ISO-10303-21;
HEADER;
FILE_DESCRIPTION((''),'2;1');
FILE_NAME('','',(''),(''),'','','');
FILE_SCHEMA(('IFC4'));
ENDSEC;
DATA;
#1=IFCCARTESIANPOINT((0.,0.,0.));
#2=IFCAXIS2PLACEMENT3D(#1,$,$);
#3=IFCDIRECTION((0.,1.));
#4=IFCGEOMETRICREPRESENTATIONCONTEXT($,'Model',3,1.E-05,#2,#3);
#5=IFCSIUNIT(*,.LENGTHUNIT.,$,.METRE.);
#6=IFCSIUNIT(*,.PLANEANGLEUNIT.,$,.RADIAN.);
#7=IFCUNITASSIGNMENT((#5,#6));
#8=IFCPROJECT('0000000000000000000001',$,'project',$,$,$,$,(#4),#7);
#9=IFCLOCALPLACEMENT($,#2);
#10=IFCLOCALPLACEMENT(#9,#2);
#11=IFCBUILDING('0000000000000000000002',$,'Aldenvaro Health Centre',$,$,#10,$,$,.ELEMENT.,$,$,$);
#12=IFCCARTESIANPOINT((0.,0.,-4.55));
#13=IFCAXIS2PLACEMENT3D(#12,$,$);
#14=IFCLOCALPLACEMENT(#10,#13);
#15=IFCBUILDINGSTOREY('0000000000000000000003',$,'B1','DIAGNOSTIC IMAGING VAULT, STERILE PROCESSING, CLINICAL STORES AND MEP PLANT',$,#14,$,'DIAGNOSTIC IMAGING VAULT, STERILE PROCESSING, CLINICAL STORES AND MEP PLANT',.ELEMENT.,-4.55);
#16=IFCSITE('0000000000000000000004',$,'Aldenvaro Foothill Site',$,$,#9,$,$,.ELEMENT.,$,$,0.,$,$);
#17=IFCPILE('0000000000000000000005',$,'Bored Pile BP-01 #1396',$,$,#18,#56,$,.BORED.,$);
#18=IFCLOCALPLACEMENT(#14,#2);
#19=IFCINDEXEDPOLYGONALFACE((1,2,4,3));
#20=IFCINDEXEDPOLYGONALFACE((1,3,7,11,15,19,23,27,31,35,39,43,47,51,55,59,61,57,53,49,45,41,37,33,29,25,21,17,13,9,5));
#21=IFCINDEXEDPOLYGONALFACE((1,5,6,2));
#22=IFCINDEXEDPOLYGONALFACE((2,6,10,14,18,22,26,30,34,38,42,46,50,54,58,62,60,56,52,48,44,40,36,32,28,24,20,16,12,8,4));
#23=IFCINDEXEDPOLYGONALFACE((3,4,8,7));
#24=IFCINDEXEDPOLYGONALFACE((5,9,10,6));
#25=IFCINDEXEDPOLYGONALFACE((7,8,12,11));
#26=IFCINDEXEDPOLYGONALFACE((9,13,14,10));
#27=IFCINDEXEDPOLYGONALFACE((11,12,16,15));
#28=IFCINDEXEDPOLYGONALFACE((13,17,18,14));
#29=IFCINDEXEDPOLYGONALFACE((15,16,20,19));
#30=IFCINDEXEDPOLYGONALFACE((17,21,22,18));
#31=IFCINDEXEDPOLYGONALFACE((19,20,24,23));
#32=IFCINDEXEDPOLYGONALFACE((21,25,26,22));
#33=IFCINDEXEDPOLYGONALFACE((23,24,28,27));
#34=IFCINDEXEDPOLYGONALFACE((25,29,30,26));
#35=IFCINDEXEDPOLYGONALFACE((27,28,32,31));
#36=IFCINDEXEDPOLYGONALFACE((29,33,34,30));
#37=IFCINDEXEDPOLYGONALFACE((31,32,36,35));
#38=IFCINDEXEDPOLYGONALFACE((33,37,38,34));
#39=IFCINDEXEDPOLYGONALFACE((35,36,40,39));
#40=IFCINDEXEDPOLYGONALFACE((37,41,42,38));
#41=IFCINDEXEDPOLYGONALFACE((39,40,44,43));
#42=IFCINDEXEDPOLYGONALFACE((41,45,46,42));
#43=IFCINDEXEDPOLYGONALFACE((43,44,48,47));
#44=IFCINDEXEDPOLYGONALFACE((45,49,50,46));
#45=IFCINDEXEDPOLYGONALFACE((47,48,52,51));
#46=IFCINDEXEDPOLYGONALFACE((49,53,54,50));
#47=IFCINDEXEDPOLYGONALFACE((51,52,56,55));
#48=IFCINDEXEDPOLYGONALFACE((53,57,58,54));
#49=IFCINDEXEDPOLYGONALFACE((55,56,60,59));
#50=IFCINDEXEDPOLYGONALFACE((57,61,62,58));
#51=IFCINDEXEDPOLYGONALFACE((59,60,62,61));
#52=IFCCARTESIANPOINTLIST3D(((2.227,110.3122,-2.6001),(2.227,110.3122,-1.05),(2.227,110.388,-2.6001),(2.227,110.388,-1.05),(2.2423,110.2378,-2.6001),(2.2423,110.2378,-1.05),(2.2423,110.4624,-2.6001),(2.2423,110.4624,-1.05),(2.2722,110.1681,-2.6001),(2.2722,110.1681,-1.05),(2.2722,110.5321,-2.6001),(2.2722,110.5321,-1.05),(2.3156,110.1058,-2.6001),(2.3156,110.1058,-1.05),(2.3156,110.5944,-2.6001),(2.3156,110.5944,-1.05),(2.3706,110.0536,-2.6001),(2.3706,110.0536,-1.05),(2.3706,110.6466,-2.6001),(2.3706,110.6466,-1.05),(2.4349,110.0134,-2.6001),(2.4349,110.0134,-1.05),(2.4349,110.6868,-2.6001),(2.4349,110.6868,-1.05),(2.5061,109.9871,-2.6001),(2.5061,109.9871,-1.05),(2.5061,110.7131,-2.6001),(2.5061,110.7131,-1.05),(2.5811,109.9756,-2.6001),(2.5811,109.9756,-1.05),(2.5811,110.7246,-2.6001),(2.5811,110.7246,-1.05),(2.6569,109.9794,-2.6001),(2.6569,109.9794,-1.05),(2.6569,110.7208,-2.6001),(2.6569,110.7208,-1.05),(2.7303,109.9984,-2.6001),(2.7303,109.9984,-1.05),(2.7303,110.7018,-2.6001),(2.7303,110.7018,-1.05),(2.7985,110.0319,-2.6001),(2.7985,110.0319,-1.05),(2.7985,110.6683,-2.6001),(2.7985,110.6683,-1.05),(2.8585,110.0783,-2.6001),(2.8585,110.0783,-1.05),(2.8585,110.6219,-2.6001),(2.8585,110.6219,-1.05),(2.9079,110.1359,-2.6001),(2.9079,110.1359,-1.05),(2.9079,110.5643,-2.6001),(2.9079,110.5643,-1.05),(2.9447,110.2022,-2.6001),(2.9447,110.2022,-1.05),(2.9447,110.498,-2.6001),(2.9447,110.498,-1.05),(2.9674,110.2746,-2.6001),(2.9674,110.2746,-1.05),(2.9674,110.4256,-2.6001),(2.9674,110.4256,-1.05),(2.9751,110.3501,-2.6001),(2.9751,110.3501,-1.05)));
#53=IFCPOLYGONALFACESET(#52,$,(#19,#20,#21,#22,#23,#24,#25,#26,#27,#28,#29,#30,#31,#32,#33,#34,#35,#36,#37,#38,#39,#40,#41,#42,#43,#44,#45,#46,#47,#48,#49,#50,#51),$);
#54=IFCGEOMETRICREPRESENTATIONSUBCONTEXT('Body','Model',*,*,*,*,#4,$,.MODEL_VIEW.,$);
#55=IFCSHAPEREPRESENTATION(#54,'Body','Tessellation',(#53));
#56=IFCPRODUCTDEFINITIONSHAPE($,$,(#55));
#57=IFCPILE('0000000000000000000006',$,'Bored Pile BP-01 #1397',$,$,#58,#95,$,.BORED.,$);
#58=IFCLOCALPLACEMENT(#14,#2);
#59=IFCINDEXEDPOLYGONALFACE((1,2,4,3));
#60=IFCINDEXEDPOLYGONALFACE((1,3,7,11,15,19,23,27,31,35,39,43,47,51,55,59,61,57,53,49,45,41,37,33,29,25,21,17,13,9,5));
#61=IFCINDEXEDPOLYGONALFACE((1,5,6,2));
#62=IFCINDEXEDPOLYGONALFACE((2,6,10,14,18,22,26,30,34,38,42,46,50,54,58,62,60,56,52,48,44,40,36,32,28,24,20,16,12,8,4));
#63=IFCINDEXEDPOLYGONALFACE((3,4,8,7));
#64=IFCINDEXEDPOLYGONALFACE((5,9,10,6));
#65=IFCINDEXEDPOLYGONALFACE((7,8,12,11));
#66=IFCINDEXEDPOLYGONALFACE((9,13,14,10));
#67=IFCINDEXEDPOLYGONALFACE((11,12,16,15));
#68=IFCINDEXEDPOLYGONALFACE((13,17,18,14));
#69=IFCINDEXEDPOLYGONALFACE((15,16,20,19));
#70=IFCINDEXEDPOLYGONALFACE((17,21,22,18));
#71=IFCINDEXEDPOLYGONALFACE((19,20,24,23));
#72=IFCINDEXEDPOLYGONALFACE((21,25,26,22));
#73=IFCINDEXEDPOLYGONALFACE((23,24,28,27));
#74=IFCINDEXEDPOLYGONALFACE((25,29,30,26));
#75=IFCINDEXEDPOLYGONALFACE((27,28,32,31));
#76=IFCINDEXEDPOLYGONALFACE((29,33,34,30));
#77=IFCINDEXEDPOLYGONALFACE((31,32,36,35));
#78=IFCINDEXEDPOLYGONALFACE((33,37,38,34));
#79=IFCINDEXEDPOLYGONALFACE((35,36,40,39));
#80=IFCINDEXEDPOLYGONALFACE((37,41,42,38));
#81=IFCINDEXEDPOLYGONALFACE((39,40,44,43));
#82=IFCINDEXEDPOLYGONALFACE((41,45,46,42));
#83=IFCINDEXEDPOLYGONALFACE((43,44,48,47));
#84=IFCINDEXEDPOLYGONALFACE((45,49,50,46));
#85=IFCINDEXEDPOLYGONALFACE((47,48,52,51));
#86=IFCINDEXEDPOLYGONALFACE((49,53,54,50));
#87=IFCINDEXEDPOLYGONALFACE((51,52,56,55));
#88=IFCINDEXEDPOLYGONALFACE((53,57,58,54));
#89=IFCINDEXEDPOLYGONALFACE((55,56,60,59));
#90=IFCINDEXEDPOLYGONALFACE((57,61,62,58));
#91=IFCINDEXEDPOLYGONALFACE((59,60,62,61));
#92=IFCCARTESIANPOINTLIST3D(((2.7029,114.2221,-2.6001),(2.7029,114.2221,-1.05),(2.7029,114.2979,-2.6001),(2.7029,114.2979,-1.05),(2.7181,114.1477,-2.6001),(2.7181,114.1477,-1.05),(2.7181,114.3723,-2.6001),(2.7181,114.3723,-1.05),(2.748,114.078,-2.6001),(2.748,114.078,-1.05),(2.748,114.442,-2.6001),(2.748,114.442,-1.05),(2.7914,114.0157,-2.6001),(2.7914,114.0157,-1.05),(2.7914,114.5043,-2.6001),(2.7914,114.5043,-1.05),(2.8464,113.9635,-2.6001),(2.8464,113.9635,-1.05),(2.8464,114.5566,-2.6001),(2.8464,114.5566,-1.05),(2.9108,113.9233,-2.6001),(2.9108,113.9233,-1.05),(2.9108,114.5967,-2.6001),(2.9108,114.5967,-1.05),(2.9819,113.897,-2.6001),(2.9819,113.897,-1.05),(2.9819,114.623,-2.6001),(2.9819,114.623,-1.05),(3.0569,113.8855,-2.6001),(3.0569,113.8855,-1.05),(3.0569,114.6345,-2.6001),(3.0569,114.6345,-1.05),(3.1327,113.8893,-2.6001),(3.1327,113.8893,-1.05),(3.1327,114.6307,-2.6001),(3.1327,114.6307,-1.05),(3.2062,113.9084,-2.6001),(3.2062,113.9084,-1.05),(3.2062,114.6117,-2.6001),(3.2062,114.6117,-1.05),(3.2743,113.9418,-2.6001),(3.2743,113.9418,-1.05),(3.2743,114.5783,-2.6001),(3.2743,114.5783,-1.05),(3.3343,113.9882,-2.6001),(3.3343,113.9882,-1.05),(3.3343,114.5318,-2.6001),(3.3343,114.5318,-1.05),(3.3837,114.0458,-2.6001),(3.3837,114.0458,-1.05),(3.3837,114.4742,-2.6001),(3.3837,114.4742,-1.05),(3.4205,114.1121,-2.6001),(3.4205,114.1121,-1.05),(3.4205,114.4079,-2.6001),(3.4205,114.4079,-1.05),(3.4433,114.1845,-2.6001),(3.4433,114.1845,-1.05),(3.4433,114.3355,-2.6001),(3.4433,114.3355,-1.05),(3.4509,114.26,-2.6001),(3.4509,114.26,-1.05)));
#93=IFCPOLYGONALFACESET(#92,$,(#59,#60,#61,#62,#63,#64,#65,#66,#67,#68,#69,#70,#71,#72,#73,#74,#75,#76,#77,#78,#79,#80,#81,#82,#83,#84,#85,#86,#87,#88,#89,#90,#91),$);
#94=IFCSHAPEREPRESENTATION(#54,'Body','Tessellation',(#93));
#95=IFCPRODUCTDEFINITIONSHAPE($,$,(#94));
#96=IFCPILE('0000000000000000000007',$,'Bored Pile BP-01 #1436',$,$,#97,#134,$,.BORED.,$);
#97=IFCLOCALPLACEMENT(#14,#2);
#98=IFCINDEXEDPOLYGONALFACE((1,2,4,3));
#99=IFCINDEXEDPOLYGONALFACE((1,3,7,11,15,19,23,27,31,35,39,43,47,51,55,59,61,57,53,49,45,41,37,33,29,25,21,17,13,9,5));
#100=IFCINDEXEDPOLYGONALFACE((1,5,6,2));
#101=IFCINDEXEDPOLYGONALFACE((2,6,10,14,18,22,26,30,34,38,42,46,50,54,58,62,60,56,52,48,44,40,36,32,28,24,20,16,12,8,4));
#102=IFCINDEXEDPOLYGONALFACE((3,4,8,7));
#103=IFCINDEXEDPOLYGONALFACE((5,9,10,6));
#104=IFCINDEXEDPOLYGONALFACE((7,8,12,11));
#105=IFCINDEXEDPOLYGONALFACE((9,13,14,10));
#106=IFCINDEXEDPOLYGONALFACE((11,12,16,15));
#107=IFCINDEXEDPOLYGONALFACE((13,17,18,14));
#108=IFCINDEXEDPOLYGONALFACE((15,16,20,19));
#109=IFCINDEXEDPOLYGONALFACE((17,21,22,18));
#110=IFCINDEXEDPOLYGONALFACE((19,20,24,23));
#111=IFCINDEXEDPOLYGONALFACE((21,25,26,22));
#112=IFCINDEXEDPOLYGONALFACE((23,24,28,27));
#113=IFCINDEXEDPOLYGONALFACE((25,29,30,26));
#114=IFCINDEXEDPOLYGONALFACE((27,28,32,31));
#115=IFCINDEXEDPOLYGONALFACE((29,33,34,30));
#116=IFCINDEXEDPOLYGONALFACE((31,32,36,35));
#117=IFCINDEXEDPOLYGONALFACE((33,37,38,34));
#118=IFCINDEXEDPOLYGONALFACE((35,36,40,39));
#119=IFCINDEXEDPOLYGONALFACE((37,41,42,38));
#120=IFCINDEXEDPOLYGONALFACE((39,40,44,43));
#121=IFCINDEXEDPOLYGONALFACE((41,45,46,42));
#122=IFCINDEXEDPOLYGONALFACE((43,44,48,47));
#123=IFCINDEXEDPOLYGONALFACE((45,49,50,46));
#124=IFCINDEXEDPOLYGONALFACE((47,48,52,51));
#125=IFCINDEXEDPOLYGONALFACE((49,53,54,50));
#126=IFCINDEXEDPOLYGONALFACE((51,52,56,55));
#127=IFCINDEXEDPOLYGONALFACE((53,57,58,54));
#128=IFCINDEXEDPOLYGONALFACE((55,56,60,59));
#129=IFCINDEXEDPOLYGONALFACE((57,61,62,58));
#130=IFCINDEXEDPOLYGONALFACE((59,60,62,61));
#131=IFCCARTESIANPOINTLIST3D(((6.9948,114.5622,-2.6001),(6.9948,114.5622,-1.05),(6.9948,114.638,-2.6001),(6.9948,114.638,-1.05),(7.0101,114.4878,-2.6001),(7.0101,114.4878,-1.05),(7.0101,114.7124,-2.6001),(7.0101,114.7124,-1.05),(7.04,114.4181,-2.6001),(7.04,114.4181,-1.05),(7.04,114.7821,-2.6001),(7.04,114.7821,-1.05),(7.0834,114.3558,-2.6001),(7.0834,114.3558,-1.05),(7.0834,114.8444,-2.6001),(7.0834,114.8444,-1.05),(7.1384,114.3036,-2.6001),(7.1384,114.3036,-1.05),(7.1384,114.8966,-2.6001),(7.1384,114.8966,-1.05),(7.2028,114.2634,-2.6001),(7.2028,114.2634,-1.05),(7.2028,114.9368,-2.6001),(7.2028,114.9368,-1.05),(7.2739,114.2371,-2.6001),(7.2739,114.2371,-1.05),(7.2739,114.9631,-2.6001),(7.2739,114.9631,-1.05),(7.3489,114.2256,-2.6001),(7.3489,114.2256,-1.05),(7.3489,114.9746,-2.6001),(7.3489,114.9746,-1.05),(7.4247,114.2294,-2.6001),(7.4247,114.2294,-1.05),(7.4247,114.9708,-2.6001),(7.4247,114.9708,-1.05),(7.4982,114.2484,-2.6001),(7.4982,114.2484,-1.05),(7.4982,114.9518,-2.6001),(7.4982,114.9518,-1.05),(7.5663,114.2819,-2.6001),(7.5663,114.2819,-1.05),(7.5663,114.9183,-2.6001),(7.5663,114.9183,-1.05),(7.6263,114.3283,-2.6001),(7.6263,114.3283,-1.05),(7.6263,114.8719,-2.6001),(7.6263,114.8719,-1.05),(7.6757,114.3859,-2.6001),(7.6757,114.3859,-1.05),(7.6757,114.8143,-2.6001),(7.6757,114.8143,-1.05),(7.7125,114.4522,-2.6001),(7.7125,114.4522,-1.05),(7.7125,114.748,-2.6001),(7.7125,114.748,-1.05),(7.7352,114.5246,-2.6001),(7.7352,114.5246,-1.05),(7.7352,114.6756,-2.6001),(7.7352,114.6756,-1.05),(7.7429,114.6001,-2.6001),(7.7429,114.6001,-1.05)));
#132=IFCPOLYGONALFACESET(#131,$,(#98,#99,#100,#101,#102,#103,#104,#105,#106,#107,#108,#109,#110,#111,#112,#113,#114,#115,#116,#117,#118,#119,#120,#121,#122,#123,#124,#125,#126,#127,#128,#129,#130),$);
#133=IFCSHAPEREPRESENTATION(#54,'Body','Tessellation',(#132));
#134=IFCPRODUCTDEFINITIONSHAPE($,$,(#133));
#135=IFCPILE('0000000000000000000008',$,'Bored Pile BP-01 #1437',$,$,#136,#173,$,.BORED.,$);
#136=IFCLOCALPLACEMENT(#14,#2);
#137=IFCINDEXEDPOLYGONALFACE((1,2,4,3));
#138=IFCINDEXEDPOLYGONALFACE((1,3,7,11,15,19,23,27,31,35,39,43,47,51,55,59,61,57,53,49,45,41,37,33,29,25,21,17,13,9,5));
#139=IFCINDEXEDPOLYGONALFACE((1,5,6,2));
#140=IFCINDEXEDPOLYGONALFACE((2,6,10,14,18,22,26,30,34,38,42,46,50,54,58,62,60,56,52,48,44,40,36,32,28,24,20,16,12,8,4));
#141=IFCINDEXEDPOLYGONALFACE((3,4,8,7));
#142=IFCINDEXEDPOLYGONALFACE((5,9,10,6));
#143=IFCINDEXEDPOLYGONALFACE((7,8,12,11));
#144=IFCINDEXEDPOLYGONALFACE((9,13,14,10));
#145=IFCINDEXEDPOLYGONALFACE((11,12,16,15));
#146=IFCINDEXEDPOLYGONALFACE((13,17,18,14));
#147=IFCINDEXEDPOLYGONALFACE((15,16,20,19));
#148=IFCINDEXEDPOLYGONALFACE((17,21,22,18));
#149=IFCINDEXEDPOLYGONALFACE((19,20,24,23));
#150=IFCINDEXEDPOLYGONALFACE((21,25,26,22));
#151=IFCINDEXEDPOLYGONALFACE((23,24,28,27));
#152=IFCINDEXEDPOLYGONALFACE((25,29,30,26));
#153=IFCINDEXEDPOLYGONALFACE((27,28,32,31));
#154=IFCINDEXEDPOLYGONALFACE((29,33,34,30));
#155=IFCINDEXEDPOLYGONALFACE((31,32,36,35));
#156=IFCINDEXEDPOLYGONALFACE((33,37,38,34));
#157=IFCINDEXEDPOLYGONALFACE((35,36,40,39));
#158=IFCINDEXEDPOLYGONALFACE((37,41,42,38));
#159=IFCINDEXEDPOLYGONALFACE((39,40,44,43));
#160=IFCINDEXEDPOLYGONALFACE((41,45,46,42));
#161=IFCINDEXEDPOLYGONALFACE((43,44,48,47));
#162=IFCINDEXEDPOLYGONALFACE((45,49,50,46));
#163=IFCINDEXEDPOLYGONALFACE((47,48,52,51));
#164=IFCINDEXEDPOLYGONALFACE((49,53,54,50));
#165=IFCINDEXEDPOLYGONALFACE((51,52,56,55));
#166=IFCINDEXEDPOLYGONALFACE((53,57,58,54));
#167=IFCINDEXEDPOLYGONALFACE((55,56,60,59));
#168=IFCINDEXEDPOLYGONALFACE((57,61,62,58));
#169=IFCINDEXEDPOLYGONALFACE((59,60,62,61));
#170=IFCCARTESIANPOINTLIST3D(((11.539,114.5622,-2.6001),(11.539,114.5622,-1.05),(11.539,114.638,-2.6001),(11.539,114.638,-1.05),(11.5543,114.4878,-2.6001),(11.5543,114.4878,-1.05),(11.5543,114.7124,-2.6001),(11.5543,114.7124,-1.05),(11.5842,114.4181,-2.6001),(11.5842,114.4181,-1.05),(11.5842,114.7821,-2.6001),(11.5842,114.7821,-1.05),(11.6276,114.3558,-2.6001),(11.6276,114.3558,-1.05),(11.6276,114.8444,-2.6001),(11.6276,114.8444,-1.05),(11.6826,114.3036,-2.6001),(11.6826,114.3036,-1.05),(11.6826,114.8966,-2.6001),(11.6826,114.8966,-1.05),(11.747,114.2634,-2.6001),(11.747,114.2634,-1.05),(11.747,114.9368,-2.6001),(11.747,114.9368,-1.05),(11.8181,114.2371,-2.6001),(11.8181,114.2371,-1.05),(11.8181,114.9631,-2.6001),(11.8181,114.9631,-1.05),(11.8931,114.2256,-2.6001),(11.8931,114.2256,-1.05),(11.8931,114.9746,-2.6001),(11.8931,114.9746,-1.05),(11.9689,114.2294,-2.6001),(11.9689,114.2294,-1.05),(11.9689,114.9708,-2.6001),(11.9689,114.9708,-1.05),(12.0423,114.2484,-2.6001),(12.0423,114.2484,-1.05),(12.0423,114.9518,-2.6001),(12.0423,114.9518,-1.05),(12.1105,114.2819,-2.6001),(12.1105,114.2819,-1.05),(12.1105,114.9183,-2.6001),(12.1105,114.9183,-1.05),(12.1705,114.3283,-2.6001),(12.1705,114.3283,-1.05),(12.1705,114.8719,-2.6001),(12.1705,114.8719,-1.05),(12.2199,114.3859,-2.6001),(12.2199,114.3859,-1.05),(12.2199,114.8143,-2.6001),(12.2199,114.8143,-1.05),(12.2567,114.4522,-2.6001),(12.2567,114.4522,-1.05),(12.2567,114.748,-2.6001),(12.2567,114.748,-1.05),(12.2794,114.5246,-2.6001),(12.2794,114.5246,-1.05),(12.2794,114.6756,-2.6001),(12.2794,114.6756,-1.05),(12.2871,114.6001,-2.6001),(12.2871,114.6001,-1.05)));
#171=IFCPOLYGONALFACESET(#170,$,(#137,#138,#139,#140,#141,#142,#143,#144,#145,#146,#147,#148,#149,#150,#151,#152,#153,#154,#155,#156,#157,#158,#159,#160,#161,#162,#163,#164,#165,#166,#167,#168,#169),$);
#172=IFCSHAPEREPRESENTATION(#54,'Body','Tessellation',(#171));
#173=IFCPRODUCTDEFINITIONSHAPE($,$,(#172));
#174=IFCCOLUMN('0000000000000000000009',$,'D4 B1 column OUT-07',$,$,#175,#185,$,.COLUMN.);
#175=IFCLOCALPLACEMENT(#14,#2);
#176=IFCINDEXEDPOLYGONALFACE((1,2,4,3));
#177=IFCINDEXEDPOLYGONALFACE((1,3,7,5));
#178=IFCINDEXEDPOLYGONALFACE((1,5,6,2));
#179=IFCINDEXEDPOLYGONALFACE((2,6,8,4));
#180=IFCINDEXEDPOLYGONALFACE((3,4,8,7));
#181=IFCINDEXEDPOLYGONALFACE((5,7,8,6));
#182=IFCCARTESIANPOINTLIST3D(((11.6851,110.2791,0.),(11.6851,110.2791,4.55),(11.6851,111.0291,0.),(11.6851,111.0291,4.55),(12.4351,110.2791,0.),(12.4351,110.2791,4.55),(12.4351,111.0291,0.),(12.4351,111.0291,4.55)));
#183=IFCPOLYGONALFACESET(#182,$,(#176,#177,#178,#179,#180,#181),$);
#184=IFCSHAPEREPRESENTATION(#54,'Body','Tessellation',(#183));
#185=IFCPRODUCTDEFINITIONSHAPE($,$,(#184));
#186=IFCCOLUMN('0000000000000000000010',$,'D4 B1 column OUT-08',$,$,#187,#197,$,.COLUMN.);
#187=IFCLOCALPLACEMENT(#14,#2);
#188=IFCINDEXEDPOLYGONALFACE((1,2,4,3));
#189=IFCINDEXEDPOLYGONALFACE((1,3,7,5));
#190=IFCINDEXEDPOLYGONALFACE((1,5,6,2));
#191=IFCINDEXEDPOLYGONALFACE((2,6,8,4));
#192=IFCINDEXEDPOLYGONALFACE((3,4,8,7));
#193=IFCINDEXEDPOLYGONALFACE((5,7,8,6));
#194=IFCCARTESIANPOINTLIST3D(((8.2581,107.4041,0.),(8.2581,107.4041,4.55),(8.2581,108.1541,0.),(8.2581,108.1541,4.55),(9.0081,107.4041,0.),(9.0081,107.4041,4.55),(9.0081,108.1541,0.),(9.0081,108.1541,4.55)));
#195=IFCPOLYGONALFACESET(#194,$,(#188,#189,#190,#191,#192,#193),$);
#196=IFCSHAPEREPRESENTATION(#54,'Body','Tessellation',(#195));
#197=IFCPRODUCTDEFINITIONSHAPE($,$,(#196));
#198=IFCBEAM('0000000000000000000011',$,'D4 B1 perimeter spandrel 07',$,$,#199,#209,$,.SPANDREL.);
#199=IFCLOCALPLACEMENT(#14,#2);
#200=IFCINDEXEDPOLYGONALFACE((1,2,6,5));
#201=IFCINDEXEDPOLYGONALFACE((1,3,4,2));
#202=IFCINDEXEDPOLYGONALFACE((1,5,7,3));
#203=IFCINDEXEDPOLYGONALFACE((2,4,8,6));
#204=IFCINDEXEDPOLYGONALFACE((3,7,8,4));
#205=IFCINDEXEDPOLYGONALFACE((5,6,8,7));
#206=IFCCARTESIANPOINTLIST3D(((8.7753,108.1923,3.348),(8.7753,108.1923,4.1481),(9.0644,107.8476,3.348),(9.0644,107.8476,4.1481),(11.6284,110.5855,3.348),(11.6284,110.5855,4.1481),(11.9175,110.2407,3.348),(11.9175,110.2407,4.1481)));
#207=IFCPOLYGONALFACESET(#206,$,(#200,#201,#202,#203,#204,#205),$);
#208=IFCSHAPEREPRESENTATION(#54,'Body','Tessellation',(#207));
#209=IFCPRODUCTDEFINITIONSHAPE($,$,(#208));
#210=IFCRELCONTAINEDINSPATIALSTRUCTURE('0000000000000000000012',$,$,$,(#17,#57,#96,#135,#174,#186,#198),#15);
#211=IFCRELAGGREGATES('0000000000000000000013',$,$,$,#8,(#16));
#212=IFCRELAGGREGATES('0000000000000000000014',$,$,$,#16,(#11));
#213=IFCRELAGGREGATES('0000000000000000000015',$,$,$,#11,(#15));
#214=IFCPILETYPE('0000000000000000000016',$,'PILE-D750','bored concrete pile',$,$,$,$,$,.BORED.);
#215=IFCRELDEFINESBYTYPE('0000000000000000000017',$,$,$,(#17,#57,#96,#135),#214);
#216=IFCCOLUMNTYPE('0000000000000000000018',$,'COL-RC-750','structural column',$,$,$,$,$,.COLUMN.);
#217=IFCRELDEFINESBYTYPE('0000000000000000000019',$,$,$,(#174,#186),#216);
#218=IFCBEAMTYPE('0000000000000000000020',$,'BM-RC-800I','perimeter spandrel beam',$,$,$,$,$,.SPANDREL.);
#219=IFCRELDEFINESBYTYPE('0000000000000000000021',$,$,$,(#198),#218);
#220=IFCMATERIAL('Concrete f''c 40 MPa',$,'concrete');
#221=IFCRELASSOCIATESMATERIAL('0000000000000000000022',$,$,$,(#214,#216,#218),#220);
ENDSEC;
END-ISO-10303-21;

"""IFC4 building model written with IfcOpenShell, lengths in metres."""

from ifc_helpers import new_model, si_unit, direction, frame, origin, origin_2d, place, context, subcontext, project, spatial, rectangle, circle, extrude, material, material_profile, profile_set, type_object, element, save


model = new_model("IFC4")

# Units and contexts
model_context = context("Model", 3, precision=1e-05, world=origin(), true_north=direction((0.0, 1.0)))
body_context = subcontext(model_context, "Body", "Model", "MODEL_VIEW")
ifc_project = project(units=[si_unit("LENGTHUNIT", "METRE"), si_unit("PLANEANGLEUNIT", "RADIAN")], contexts=[model_context])

# Site, building, storey
site_placement = place(None, origin())
site = spatial("IfcSite", under=ifc_project, at=site_placement, Name="Aldenvaro Foothill Site", CompositionType="ELEMENT", RefElevation=0.0)
building_placement = place(site_placement, origin())
building = spatial("IfcBuilding", under=site, at=building_placement, Name="Aldenvaro Health Centre", CompositionType="ELEMENT")
storey_placement = place(building_placement, frame((0.0, 0.0, -4.55)))
storey = spatial("IfcBuildingStorey", under=building, at=storey_placement, Name="B1", Description="DIAGNOSTIC IMAGING VAULT, STERILE PROCESSING, CLINICAL STORES AND MEP PLANT", LongName="DIAGNOSTIC IMAGING VAULT, STERILE PROCESSING, CLINICAL STORES AND MEP PLANT", CompositionType="ELEMENT", Elevation=-4.55)

# Shared definitions
ifc_material_1 = material(Name="Concrete f'c 40 MPa", Category="concrete")

# Piles
ifc_material_profile_1 = material_profile(ifc_material_1, circle(Radius=0.375, at=origin_2d()), Name="PILE D750", Category="concrete")
ifc_profile_set_1 = profile_set([ifc_material_profile_1], Name="Concrete f'c 40 MPa")
pile_type_1 = type_object("IfcPileType", Name="PILE-D750", Description="bored concrete pile", PredefinedType="BORED", material=ifc_profile_set_1)
for number, where, z_axis, x_axis, name in (
    (1, (2.6001, 110.3501, -1.05), (0.0, 0.0, -1.0), (1.0, 0.0, 0.0), "Bored Pile BP-01 #1396"),
    (2, (3.0759, 114.26, -1.05), (0.0, 0.0, -1.0), (1.0, 0.0, 0.0), "Bored Pile BP-01 #1397"),
    (3, (7.3679, 114.6001, -1.05), (0.0, 0.0, -1.0), (1.0, 0.0, 0.0), "Bored Pile BP-01 #1436"),
    (4, (11.9121, 114.6001, -1.05), (0.0, 0.0, -1.0), (1.0, 0.0, 0.0), "Bored Pile BP-01 #1437"),
):
    element("IfcPile", number, at=place(storey_placement, frame(where, z_axis=z_axis, x_axis=x_axis)), inside=storey, type_object=pile_type_1, Name=name, PredefinedType="BORED", context=body_context, shape_type="SweptSolid", body=[
        extrude(circle(Radius=0.375, at=origin_2d()), origin(), (0.0, 0.0, 1.0), 1.55),
    ])

# Columns
ifc_material_profile_2 = material_profile(ifc_material_1, rectangle(XDim=0.75, YDim=0.75, at=origin_2d()), Name="RC 750x750", Category="concrete")
ifc_profile_set_2 = profile_set([ifc_material_profile_2], Name="Concrete f'c 40 MPa")
column_type = type_object("IfcColumnType", Name="COL-RC-750", Description="structural column", PredefinedType="COLUMN", material=ifc_profile_set_2)
for number, where, z_axis, x_axis, name in (
    (5, (12.0601, 110.6541, 0.0), (0.0, 0.0, 1.0), (1.0, 0.0, 0.0), "D4 B1 column OUT-07"),
    (6, (8.6331, 107.7791, 0.0), (0.0, 0.0, 1.0), (1.0, 0.0, 0.0), "D4 B1 column OUT-08"),
):
    element("IfcColumn", number, at=place(storey_placement, frame(where, z_axis=z_axis, x_axis=x_axis)), inside=storey, type_object=column_type, Name=name, PredefinedType="COLUMN", context=body_context, shape_type="SweptSolid", body=[
        extrude(rectangle(XDim=0.75, YDim=0.75, at=origin_2d()), origin(), (0.0, 0.0, 1.0), 4.55),
    ])

# Beam
ifc_material_profile_3 = material_profile(ifc_material_1, rectangle(XDim=0.45, YDim=0.8, at=origin_2d()), Name="RC 450x800", Category="concrete")
ifc_profile_set_3 = profile_set([ifc_material_profile_3], Name="Concrete f'c 40 MPa")
beam_type = type_object("IfcBeamType", Name="BM-RC-800I", Description="perimeter spandrel beam", PredefinedType="SPANDREL", material=ifc_profile_set_3)
beam_1_placement = place(storey_placement, frame((11.7729, 110.4131, 3.748), z_axis=(-0.766164, -0.642645, 0.0), x_axis=(0.642645, -0.766164, 0.0)))
element("IfcBeam", 7, at=beam_1_placement, inside=storey, type_object=beam_type, Name="D4 B1 perimeter spandrel 07", PredefinedType="SPANDREL", context=body_context, shape_type="SweptSolid", body=[
    extrude(rectangle(XDim=0.45, YDim=0.8, at=origin_2d()), origin(), (0.0, 0.0, 1.0), 3.7239),
])

save(model, "model.ifc")
